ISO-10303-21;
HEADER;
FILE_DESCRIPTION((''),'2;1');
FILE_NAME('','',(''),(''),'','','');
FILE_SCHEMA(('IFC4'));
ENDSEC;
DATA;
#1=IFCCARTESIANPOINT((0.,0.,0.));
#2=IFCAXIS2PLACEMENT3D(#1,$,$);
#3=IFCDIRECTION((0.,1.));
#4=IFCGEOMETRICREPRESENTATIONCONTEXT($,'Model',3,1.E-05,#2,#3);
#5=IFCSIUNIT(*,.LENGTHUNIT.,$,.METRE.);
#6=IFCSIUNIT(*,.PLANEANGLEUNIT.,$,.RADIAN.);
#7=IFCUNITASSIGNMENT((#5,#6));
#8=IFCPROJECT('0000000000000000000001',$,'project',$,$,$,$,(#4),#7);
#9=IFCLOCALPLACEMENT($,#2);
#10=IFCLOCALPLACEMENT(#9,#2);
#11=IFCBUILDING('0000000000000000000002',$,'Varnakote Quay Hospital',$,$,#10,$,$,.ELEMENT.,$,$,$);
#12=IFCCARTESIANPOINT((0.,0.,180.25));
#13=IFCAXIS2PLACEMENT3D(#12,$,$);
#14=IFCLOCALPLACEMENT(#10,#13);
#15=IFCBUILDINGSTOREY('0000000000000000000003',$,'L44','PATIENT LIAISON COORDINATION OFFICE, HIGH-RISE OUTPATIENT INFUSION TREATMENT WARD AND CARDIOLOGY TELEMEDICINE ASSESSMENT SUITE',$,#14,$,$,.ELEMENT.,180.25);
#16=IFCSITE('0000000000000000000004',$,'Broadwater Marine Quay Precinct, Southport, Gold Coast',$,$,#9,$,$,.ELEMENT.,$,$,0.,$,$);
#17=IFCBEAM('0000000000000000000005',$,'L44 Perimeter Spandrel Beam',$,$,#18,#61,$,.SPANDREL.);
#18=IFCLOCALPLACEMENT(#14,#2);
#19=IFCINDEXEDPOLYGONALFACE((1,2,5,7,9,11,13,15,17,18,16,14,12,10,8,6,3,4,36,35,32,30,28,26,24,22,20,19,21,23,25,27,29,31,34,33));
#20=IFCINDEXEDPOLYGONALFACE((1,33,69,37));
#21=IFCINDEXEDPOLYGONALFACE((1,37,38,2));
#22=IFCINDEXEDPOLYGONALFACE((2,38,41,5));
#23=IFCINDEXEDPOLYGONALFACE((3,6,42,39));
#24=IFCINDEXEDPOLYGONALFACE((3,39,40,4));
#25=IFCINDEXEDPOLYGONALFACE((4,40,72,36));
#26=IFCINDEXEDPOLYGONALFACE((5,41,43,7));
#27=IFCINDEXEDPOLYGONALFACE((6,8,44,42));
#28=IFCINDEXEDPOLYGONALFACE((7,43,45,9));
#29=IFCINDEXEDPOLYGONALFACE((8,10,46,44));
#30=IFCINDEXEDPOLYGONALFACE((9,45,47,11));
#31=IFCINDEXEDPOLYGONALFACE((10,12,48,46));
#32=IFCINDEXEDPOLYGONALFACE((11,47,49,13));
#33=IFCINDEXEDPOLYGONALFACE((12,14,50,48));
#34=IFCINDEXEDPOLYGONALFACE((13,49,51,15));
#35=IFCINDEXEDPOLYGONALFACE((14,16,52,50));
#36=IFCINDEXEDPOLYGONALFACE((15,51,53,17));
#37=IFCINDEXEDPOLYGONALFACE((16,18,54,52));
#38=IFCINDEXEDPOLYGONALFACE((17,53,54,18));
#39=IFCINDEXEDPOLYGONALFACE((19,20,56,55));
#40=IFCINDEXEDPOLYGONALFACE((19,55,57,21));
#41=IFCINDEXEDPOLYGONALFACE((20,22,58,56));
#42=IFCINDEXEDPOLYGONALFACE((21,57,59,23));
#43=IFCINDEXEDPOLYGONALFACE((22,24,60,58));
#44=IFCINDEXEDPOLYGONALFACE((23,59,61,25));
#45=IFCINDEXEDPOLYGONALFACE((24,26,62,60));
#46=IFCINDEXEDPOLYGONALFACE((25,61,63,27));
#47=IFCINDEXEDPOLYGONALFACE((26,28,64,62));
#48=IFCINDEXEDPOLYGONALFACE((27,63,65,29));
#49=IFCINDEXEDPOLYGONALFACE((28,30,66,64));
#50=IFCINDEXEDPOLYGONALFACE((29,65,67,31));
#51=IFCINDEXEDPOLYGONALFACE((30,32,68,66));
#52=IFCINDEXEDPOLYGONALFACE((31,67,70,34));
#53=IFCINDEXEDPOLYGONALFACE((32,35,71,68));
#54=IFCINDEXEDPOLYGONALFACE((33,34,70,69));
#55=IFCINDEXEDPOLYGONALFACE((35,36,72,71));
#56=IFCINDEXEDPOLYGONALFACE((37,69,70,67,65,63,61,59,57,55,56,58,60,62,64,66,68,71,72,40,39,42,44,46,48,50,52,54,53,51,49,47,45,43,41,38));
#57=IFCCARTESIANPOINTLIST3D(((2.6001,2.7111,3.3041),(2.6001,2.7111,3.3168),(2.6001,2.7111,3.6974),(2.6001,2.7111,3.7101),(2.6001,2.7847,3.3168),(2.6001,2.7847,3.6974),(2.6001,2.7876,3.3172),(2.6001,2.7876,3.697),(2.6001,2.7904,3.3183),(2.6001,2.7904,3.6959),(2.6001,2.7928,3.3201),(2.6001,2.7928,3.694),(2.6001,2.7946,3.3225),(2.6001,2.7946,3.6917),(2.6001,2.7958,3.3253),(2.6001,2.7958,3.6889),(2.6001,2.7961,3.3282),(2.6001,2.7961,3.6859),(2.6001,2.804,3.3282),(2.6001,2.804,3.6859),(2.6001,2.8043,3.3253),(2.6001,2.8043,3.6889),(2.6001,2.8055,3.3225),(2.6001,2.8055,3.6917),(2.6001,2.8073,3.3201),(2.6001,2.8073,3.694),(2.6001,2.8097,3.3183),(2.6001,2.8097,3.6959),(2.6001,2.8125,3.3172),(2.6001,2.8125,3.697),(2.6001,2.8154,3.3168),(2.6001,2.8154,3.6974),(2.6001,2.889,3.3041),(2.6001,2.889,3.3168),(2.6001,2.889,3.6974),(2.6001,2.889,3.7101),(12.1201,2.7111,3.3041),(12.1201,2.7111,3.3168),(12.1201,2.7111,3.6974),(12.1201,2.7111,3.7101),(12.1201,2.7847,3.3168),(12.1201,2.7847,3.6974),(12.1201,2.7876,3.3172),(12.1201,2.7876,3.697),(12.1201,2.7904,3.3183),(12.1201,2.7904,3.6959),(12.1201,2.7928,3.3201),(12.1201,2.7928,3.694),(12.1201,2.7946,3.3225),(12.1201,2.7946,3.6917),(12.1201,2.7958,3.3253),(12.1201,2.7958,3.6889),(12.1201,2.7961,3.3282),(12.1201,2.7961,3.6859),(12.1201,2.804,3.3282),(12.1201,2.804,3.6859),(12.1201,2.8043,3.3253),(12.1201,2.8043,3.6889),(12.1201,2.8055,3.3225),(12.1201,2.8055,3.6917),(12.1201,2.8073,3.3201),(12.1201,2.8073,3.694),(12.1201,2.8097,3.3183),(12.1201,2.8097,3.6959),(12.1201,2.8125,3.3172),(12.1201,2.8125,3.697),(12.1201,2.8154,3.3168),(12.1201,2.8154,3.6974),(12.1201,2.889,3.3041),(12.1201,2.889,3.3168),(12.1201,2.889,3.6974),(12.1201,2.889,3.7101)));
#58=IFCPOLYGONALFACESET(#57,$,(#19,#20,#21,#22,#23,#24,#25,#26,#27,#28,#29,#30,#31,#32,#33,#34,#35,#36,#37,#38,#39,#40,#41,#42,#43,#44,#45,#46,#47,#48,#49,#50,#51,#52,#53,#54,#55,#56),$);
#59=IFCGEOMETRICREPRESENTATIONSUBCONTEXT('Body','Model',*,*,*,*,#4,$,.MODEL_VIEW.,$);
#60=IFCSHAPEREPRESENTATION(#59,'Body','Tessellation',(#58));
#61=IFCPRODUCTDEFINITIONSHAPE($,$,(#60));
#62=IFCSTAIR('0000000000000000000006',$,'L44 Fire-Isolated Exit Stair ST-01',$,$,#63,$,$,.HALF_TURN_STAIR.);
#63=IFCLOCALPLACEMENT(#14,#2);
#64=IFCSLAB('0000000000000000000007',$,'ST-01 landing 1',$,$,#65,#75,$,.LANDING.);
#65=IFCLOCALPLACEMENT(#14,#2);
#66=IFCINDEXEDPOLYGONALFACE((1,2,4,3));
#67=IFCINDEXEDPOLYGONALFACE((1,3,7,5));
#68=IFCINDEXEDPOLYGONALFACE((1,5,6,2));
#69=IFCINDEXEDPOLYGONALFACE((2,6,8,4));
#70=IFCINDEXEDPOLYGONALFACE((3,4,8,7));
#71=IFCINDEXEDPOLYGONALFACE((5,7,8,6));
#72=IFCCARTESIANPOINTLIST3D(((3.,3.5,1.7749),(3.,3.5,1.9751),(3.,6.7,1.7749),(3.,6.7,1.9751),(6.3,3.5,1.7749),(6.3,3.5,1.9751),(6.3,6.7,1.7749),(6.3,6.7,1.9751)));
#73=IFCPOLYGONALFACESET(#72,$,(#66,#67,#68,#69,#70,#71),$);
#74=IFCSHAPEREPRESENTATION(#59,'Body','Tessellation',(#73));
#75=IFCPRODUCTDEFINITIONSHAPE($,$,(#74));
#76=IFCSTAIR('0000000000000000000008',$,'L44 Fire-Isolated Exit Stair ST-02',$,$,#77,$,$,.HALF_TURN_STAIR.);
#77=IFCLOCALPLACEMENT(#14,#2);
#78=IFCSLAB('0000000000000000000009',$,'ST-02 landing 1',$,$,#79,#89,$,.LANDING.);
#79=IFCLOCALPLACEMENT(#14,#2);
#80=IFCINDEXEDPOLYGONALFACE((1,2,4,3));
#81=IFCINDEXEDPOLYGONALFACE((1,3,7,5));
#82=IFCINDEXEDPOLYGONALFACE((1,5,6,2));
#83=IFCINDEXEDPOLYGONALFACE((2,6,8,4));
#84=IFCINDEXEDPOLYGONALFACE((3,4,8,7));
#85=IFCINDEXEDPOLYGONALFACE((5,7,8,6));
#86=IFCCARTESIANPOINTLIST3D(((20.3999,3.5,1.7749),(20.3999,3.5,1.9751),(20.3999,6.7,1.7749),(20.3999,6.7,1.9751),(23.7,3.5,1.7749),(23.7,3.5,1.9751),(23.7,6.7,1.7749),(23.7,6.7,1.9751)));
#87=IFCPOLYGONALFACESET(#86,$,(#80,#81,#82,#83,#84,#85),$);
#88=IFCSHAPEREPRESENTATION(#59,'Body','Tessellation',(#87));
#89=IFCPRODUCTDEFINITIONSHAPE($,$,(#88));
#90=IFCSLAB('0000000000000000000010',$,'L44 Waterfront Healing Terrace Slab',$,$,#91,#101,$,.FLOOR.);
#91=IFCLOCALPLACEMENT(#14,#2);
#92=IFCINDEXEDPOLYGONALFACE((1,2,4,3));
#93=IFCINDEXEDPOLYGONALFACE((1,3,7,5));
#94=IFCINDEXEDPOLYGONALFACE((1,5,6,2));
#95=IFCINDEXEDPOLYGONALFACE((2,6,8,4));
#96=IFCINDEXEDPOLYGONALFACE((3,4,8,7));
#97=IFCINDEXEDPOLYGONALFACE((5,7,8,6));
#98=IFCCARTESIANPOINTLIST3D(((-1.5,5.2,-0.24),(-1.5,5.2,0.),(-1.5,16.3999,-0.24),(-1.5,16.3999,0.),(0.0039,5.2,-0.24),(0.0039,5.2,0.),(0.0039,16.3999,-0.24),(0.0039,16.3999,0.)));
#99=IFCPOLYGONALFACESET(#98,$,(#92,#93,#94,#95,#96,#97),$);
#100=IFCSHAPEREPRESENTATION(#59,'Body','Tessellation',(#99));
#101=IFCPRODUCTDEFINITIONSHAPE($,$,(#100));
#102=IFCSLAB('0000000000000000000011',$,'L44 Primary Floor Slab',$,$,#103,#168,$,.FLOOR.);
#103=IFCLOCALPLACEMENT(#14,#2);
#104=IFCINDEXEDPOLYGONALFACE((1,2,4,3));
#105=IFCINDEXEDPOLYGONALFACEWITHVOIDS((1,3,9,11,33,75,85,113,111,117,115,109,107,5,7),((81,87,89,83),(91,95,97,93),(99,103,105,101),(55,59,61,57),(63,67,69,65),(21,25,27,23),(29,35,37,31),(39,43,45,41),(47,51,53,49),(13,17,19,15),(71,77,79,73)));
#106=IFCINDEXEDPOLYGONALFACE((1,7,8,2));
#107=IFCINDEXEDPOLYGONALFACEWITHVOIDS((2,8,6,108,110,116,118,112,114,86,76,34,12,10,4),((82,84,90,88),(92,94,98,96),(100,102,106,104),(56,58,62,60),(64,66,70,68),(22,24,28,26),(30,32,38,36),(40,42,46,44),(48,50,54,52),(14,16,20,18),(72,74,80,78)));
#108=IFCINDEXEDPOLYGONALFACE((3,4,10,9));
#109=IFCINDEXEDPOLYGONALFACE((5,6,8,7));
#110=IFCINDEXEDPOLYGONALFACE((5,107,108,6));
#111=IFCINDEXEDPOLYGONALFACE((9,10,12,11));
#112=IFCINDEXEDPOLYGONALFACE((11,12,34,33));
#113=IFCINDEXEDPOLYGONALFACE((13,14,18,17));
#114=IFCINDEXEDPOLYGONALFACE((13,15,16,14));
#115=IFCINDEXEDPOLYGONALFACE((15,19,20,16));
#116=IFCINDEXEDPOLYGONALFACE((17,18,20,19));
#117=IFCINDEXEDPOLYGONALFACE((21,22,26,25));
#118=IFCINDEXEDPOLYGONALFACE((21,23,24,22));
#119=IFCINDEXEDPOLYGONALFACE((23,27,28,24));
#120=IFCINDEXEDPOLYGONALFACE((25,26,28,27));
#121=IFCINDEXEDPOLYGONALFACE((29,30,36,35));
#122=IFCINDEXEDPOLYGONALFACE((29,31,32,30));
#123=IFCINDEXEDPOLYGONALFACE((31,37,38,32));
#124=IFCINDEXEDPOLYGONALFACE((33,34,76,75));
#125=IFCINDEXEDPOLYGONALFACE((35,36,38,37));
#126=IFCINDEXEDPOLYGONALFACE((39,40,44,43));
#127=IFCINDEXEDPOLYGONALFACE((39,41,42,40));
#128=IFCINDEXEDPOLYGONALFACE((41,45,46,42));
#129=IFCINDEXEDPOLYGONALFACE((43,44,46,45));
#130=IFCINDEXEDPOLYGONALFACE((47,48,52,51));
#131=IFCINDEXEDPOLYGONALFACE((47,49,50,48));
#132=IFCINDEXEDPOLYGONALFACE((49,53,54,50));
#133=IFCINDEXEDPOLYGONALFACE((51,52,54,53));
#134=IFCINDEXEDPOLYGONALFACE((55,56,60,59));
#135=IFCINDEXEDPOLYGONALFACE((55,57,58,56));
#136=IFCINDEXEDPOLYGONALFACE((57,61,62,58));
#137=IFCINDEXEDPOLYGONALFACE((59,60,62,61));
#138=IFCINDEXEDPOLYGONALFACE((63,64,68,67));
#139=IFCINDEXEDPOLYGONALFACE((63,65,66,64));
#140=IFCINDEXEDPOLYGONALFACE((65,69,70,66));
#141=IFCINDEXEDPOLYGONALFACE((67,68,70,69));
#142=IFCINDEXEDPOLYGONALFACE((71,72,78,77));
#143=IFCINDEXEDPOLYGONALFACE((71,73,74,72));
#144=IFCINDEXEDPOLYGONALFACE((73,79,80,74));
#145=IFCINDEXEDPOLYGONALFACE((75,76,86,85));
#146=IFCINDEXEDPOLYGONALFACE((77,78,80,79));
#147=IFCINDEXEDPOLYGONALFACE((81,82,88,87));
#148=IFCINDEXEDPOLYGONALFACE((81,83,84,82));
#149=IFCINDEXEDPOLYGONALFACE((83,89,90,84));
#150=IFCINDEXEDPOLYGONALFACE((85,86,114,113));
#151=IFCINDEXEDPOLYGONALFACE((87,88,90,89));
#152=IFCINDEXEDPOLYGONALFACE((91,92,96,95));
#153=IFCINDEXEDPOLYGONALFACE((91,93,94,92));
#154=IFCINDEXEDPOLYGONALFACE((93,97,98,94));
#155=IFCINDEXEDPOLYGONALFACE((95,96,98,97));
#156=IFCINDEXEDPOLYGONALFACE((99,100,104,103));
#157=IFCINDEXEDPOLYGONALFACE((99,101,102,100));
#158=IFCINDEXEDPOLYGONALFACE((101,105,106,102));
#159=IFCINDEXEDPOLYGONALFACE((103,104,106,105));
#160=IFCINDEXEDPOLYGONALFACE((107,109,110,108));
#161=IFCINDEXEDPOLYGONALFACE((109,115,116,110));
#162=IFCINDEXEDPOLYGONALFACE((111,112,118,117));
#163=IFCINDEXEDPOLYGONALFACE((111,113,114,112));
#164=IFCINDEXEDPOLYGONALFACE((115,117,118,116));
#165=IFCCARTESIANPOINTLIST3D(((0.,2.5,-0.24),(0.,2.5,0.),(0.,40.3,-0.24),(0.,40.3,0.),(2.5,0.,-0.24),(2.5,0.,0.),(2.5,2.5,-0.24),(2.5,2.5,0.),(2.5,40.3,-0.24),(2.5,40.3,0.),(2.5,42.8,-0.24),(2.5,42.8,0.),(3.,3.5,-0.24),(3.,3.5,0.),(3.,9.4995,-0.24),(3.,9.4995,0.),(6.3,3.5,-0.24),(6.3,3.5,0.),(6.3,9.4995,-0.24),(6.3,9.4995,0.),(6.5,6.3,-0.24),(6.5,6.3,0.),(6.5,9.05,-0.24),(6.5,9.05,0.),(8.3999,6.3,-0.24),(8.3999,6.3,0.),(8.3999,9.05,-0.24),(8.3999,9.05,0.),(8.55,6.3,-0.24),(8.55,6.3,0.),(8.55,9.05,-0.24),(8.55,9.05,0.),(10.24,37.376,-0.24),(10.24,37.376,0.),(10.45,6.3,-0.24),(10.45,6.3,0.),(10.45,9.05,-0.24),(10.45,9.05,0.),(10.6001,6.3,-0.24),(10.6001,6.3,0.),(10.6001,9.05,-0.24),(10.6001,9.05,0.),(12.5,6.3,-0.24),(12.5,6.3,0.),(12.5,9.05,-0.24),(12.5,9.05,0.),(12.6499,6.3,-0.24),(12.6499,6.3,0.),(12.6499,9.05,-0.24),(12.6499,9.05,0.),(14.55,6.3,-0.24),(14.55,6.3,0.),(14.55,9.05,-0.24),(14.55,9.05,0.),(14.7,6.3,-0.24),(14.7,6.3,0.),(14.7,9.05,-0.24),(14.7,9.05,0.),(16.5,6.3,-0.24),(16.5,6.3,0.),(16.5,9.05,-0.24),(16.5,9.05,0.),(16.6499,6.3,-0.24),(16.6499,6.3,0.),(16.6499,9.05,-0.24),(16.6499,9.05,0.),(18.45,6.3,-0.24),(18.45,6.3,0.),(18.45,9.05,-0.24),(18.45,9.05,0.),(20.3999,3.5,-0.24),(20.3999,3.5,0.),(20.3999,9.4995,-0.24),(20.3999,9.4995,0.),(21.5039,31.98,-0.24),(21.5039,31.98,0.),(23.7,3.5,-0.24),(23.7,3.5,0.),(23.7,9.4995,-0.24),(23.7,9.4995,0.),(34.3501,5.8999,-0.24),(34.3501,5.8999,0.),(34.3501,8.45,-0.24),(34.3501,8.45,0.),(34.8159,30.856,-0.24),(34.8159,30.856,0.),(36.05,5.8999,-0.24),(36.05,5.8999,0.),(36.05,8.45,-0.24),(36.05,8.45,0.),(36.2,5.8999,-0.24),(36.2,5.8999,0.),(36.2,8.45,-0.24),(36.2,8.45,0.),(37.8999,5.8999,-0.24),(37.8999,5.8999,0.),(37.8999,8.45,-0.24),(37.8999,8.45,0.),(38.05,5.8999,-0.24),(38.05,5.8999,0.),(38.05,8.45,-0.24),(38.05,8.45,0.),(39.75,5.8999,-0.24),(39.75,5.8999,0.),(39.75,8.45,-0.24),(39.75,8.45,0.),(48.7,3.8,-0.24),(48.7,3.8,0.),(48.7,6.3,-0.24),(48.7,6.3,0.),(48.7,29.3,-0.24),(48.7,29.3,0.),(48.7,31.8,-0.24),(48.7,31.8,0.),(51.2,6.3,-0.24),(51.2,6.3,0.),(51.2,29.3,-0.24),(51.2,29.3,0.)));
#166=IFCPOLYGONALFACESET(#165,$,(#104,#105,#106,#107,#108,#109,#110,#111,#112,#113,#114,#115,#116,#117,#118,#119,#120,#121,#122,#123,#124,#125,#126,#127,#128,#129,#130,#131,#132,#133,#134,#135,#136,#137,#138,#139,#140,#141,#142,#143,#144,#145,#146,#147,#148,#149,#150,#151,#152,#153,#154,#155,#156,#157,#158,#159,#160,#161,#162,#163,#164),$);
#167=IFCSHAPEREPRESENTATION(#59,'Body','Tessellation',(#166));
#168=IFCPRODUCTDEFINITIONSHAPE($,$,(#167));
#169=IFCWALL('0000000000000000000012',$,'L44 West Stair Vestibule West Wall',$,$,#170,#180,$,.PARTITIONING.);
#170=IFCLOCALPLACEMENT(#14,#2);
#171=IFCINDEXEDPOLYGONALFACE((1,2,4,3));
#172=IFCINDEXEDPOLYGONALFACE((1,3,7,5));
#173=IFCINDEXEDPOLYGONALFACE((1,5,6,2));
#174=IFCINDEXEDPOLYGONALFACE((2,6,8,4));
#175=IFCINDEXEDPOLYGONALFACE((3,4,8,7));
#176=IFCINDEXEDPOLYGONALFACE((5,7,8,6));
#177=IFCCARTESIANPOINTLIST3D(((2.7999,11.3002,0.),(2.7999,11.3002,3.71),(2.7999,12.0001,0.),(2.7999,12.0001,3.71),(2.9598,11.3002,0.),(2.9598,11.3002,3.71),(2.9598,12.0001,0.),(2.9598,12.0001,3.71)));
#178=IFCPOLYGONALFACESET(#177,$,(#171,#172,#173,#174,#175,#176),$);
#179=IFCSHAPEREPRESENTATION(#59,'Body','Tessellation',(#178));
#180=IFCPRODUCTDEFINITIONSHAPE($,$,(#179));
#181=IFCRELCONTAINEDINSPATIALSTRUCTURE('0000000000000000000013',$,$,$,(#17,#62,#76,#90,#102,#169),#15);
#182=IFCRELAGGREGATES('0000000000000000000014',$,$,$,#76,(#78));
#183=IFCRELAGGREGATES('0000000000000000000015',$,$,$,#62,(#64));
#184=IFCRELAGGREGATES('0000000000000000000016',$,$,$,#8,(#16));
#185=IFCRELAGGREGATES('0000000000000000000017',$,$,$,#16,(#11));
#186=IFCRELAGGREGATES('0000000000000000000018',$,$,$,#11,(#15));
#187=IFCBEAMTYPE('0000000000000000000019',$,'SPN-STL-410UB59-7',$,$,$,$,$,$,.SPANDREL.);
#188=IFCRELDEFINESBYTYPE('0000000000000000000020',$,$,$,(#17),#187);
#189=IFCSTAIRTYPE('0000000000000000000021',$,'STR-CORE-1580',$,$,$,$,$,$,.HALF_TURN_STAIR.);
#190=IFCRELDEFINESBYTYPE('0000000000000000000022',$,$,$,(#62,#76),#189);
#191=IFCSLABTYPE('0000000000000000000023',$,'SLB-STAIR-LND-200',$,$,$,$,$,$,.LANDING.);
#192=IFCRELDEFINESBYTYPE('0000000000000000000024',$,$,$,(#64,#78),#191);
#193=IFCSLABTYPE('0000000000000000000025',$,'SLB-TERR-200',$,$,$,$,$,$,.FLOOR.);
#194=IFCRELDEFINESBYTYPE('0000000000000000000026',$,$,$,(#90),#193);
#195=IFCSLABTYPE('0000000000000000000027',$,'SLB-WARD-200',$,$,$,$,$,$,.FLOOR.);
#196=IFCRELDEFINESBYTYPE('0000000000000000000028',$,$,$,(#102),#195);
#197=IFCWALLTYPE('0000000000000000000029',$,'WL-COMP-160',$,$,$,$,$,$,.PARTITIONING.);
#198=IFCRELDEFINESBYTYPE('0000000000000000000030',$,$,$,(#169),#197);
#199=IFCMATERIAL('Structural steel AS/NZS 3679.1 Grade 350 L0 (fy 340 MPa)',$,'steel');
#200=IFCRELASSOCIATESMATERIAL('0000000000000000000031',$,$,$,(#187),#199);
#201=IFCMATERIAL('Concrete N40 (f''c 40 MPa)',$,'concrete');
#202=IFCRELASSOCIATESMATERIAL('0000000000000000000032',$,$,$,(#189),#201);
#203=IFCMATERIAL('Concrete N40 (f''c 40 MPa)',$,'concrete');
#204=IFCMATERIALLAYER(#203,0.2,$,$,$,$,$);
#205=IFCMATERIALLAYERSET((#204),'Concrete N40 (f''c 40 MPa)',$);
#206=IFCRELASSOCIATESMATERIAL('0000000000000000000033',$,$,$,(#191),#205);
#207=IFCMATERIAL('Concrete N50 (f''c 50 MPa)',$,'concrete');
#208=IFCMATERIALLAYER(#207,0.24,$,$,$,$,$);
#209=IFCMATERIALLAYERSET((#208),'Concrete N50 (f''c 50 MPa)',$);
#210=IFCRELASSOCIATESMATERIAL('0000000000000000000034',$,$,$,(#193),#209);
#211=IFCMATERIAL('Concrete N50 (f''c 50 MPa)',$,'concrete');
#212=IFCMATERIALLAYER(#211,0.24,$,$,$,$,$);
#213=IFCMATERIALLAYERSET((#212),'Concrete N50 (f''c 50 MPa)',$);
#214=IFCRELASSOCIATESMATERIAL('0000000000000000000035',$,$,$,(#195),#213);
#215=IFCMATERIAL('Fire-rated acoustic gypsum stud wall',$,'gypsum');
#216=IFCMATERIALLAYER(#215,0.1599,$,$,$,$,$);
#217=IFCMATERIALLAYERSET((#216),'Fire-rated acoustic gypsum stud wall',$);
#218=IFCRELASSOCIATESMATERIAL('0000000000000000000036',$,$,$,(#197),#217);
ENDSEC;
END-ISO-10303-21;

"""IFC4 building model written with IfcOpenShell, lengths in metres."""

from ifc_helpers import new_model, si_unit, direction, frame, frame_2d, origin, origin_2d, place, context, subcontext, project, spatial, polyline, rectangle, i_section, outline, extrude, material, layer, layer_set, material_profile, profile_set, type_object, element, aggregate, save


model = new_model("IFC4")

# Units and contexts
model_context = context("Model", 3, precision=1e-05, world=origin(), true_north=direction((0.0, 1.0)))
body_context = subcontext(model_context, "Body", "Model", "MODEL_VIEW")
ifc_project = project(units=[si_unit("LENGTHUNIT", "METRE"), si_unit("PLANEANGLEUNIT", "RADIAN")], contexts=[model_context])

# Site, building, storey
site_placement = place(None, origin())
site = spatial("IfcSite", under=ifc_project, at=site_placement, Name="Broadwater Marine Quay Precinct, Southport, Gold Coast", CompositionType="ELEMENT", RefElevation=0.0)
building_placement = place(site_placement, origin())
building = spatial("IfcBuilding", under=site, at=building_placement, Name="Varnakote Quay Hospital", CompositionType="ELEMENT")
storey_placement = place(building_placement, frame((0.0, 0.0, 180.25)))
storey = spatial("IfcBuildingStorey", under=building, at=storey_placement, Name="L44", Description="PATIENT LIAISON COORDINATION OFFICE, HIGH-RISE OUTPATIENT INFUSION TREATMENT WARD AND CARDIOLOGY TELEMEDICINE ASSESSMENT SUITE", CompositionType="ELEMENT", Elevation=180.25)

# Beam
ifc_material_1 = material(Name="Structural steel AS/NZS 3679.1 Grade 350 L0 (fy 340 MPa)", Category="steel")
ifc_material_profile_1 = material_profile(ifc_material_1, i_section(OverallWidth=0.178, OverallDepth=0.406, WebThickness=0.0078, FlangeThickness=0.0127, FilletRadius=0.0115, at=origin_2d()), Name="410UB59.7")
ifc_profile_set_1 = profile_set([ifc_material_profile_1], Name="Structural steel AS/NZS 3679.1 Grade 350 L0 (fy 340 MPa)")
beam_type_1 = type_object("IfcBeamType", Name="SPN-STL-410UB59-7", PredefinedType="SPANDREL", material=ifc_profile_set_1)
beam_1_placement = place(storey_placement, frame((2.6001, 2.8, 3.5071), z_axis=(1.0, 0.0, 0.0), x_axis=(0.0, 1.0, 0.0)))
element("IfcBeam", 1, at=beam_1_placement, inside=storey, type_object=beam_type_1, Name="L44 Perimeter Spandrel Beam", PredefinedType="SPANDREL", context=body_context, shape_type="SweptSolid", body=[
    extrude(i_section(OverallWidth=0.178, OverallDepth=0.406, WebThickness=0.0078, FlangeThickness=0.0127, FilletRadius=0.0115, at=origin_2d()), origin(), (0.0, 0.0, 1.0), 9.52),
])

# Stairs, slabs
ifc_material_2 = material(Name="Concrete N40 (f'c 40 MPa)", Category="concrete")
stair_type = type_object("IfcStairType", Name="STR-CORE-1580", PredefinedType="HALF_TURN_STAIR", material=ifc_material_2)
stair_1_placement = place(storey_placement, origin())
stair_1 = element("IfcStair", 2, at=stair_1_placement, inside=storey, type_object=stair_type, Name="L44 Fire-Isolated Exit Stair ST-01", PredefinedType="HALF_TURN_STAIR")
ifc_material_3 = material(Name="Concrete N40 (f'c 40 MPa)", Category="concrete")
ifc_layer_1 = layer(ifc_material_3, 0.2)
ifc_layer_set_1 = layer_set([ifc_layer_1], Name="Concrete N40 (f'c 40 MPa)")
slab_type_1 = type_object("IfcSlabType", Name="SLB-STAIR-LND-200", PredefinedType="LANDING", material=ifc_layer_set_1)
slab_1_placement = place(storey_placement, frame((0.0, 0.0, 1.7749)))
slab_1 = element("IfcSlab", 3, at=slab_1_placement, type_object=slab_type_1, Name="ST-01 landing 1", PredefinedType="LANDING", context=body_context, shape_type="SweptSolid", body=[
    extrude(outline(polyline([(3.0, 6.7), (3.0, 3.5), (6.3, 3.5), (6.3, 6.7), (3.0, 6.7)])), origin(), (0.0, 0.0, 1.0), 0.2002),
])
stair_2_placement = place(storey_placement, origin())
stair_2 = element("IfcStair", 4, at=stair_2_placement, inside=storey, type_object=stair_type, Name="L44 Fire-Isolated Exit Stair ST-02", PredefinedType="HALF_TURN_STAIR")
slab_2_placement = place(storey_placement, frame((0.0, 0.0, 1.7749)))
slab_2 = element("IfcSlab", 5, at=slab_2_placement, type_object=slab_type_1, Name="ST-02 landing 1", PredefinedType="LANDING", context=body_context, shape_type="SweptSolid", body=[
    extrude(outline(polyline([(20.3999, 6.7), (20.3999, 3.5), (23.7, 3.5), (23.7, 6.7), (20.3999, 6.7)])), origin(), (0.0, 0.0, 1.0), 0.2002),
])
aggregate(stair_2, [slab_2])

# Slabs
ifc_material_4 = material(Name="Concrete N50 (f'c 50 MPa)", Category="concrete")
ifc_layer_2 = layer(ifc_material_4, 0.24)
ifc_layer_set_2 = layer_set([ifc_layer_2], Name="Concrete N50 (f'c 50 MPa)")
slab_type_2 = type_object("IfcSlabType", Name="SLB-TERR-200", PredefinedType="FLOOR", material=ifc_layer_set_2)
slab_3_placement = place(storey_placement, frame((0.0, 0.0, -0.24)))
element("IfcSlab", 6, at=slab_3_placement, inside=storey, type_object=slab_type_2, Name="L44 Waterfront Healing Terrace Slab", PredefinedType="FLOOR", context=body_context, shape_type="SweptSolid", body=[
    extrude(outline(polyline([(0.0039, 5.2), (0.0039, 16.3999), (-1.5, 16.3999), (-1.5, 5.2), (0.0039, 5.2)])), origin(), (0.0, 0.0, 1.0), 0.24),
])
ifc_material_5 = material(Name="Concrete N50 (f'c 50 MPa)", Category="concrete")
ifc_layer_3 = layer(ifc_material_5, 0.24)
ifc_layer_set_3 = layer_set([ifc_layer_3], Name="Concrete N50 (f'c 50 MPa)")
slab_type_3 = type_object("IfcSlabType", Name="SLB-WARD-200", PredefinedType="FLOOR", material=ifc_layer_set_3)
slab_4_placement = place(storey_placement, frame((0.0, 0.0, -0.24)))
element("IfcSlab", 7, at=slab_4_placement, inside=storey, type_object=slab_type_3, Name="L44 Primary Floor Slab", PredefinedType="FLOOR", context=body_context, shape_type="SweptSolid", body=[
    extrude(outline(polyline([(0.0, 2.5), (2.5, 2.5), (2.5, 0.0), (48.7, 3.8), (48.7, 6.3), (51.2, 6.3), (51.2, 29.3), (48.7, 29.3), (48.7, 31.8), (34.8159, 30.856), (21.5039, 31.98), (10.24, 37.376), (2.5, 42.8), (2.5, 40.3), (0.0, 40.3), (0.0, 2.5)]), holes=[polyline([(3.0, 3.5), (6.3, 3.5), (6.3, 9.4995), (3.0, 9.4995), (3.0, 3.5)]), polyline([(20.3999, 3.5), (23.7, 3.5), (23.7, 9.4995), (20.3999, 9.4995), (20.3999, 3.5)]), polyline([(6.5, 6.3), (8.3999, 6.3), (8.3999, 9.05), (6.5, 9.05), (6.5, 6.3)]), polyline([(8.55, 6.3), (10.45, 6.3), (10.45, 9.05), (8.55, 9.05), (8.55, 6.3)]), polyline([(10.6001, 6.3), (12.5, 6.3), (12.5, 9.05), (10.6001, 9.05), (10.6001, 6.3)]), polyline([(12.6499, 6.3), (14.55, 6.3), (14.55, 9.05), (12.6499, 9.05), (12.6499, 6.3)]), polyline([(14.7, 6.3), (16.5, 6.3), (16.5, 9.05), (14.7, 9.05), (14.7, 6.3)]), polyline([(16.6499, 6.3), (18.45, 6.3), (18.45, 9.05), (16.6499, 9.05), (16.6499, 6.3)]), polyline([(34.3501, 5.8999), (36.05, 5.8999), (36.05, 8.45), (34.3501, 8.45), (34.3501, 5.8999)]), polyline([(36.2, 5.8999), (37.8999, 5.8999), (37.8999, 8.45), (36.2, 8.45), (36.2, 5.8999)]), polyline([(38.05, 5.8999), (39.75, 5.8999), (39.75, 8.45), (38.05, 8.45), (38.05, 5.8999)])]), origin(), (0.0, 0.0, 1.0), 0.24),
])

# Wall
ifc_material_6 = material(Name="Fire-rated acoustic gypsum stud wall", Category="gypsum")
ifc_layer_4 = layer(ifc_material_6, 0.1599)
ifc_layer_set_4 = layer_set([ifc_layer_4], Name="Fire-rated acoustic gypsum stud wall")
wall_type_1 = type_object("IfcWallType", Name="WL-COMP-160", PredefinedType="PARTITIONING", material=ifc_layer_set_4)
for number, where, z_axis, x_axis, name in (
    (8, (2.8799, 11.3, 0.0), (0.0, 0.0, 1.0), (0.0, 1.0, 0.0), "L44 West Stair Vestibule West Wall"),
):
    element("IfcWall", number, at=place(storey_placement, frame(where, z_axis=z_axis, x_axis=x_axis)), inside=storey, type_object=wall_type_1, Name=name, PredefinedType="PARTITIONING", context=body_context, shape_type="SweptSolid", body=[
        extrude(rectangle(XDim=0.7, YDim=0.1599, at=frame_2d((0.3501, 0.0))), origin(), (0.0, 0.0, 1.0), 3.71),
    ])

aggregate(stair_1, [slab_1])

save(model, "model.ifc")
